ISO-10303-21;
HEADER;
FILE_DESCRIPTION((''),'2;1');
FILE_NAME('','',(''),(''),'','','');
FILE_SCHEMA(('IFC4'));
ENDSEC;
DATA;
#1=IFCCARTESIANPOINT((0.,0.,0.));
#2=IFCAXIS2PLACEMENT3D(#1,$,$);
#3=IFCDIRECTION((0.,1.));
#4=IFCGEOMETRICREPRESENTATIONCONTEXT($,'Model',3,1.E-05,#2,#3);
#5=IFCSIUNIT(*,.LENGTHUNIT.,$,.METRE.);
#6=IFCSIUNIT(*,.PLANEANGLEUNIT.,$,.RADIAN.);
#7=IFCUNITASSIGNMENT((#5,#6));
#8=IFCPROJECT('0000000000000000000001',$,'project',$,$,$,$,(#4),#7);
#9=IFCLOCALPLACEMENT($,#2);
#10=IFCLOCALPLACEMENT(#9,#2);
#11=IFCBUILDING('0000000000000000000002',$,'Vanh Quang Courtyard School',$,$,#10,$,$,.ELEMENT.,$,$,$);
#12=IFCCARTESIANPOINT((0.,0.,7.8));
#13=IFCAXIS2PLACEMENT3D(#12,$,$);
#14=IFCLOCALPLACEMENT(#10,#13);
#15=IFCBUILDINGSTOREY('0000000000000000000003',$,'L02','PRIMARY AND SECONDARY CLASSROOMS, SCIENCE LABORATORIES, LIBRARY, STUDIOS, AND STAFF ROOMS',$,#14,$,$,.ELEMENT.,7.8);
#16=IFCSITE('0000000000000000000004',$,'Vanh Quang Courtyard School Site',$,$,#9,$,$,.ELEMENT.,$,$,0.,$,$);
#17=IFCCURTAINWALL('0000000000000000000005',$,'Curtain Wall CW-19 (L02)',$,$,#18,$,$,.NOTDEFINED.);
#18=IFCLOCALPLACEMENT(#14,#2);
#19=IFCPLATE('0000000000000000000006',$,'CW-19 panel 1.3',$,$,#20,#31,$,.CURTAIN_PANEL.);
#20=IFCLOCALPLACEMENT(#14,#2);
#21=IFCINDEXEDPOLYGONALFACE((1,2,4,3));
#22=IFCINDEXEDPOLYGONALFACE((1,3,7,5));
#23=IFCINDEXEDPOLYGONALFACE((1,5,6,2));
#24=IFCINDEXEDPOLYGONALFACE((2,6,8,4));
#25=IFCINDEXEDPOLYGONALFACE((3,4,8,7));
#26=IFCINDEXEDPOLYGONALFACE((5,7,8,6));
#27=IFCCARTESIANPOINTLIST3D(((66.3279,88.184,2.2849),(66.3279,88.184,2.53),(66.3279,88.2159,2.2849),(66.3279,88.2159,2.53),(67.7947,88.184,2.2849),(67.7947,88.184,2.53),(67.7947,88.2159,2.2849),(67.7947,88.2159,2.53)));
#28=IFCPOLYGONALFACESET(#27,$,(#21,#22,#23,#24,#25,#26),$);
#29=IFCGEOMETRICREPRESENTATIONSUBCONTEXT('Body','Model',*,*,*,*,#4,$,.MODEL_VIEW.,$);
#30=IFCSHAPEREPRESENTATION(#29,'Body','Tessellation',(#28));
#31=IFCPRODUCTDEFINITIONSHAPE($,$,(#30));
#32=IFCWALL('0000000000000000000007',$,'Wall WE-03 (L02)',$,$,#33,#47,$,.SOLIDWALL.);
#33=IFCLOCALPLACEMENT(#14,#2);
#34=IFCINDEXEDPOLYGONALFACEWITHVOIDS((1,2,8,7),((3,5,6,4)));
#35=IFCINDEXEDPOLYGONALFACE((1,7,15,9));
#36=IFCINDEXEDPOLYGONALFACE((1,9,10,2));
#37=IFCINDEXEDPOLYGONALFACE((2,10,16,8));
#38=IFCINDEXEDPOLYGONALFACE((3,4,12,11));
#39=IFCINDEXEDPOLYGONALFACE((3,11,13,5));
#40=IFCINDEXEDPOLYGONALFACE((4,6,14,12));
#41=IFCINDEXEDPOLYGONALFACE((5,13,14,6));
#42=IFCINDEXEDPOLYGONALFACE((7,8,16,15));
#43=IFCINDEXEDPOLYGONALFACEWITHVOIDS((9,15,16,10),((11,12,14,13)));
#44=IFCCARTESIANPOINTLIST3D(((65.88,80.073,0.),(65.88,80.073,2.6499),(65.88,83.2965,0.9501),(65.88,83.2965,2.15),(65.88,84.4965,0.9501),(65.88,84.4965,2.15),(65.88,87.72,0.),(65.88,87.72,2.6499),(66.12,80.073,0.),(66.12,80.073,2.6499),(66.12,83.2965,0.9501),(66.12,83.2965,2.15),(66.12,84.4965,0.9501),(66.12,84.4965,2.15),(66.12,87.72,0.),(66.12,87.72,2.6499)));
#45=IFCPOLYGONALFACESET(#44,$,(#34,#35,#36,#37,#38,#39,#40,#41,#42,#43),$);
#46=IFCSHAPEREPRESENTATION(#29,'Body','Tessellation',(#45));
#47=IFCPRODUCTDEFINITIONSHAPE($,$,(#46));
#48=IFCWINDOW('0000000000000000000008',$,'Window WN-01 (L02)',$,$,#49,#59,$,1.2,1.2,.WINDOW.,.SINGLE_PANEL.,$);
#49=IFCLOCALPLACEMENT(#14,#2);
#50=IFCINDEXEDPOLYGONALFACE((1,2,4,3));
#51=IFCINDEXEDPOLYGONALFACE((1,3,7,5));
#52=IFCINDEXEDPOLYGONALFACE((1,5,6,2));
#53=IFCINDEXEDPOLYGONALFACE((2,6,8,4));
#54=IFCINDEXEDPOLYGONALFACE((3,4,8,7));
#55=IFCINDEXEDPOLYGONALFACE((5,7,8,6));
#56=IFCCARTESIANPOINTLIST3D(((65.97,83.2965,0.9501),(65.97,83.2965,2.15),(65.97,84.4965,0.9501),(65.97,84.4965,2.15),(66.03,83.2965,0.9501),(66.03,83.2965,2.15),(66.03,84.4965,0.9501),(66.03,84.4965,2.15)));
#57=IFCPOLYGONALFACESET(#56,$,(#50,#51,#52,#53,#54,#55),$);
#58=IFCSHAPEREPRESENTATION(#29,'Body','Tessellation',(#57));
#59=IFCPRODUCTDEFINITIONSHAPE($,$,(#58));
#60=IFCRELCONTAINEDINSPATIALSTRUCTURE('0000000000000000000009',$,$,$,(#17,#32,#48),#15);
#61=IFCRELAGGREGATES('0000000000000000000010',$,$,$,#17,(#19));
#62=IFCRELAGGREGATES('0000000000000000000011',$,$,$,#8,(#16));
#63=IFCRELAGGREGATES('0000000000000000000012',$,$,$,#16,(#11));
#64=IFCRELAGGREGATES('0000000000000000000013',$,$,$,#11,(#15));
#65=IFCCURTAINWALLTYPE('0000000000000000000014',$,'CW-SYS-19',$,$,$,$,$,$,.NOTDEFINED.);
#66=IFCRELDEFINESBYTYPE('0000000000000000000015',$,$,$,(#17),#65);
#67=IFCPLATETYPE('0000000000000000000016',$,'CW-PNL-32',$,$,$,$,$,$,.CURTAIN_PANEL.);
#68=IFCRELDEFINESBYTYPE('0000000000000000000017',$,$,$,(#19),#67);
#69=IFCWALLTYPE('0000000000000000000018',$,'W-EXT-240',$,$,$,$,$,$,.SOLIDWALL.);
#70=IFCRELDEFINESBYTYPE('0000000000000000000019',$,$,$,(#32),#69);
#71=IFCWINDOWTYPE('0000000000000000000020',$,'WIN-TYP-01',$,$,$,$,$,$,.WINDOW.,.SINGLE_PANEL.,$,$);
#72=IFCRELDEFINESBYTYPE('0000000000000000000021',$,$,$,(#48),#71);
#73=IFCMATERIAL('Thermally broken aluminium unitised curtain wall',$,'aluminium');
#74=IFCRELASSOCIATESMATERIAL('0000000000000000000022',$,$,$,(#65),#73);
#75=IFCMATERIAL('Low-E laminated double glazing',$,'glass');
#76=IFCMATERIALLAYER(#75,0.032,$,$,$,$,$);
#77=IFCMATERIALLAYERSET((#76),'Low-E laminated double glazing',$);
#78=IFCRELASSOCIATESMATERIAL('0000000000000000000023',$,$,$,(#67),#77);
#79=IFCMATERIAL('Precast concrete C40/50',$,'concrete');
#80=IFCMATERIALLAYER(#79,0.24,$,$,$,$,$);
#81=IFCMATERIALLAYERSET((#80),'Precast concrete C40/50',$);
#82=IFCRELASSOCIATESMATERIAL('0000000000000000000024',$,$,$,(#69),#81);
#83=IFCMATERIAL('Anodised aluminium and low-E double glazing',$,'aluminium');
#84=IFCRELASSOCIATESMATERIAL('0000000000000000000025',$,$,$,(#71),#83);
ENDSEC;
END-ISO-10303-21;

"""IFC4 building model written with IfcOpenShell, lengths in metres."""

from ifc_helpers import new_model, si_unit, direction, frame, frame_2d, origin, origin_2d, place, context, subcontext, project, spatial, rectangle, extrude, material, layer, layer_set, type_object, element, fill, aggregate, save


model = new_model("IFC4")

# Units and contexts
model_context = context("Model", 3, precision=1e-05, world=origin(), true_north=direction((0.0, 1.0)))
body_context = subcontext(model_context, "Body", "Model", "MODEL_VIEW")
ifc_project = project(units=[si_unit("LENGTHUNIT", "METRE"), si_unit("PLANEANGLEUNIT", "RADIAN")], contexts=[model_context])

# Site, building, storey
site_placement = place(None, origin())
site = spatial("IfcSite", under=ifc_project, at=site_placement, Name="Vanh Quang Courtyard School Site", CompositionType="ELEMENT", RefElevation=0.0)
building_placement = place(site_placement, origin())
building = spatial("IfcBuilding", under=site, at=building_placement, Name="Vanh Quang Courtyard School", CompositionType="ELEMENT")
storey_placement = place(building_placement, frame((0.0, 0.0, 7.8)))
storey = spatial("IfcBuildingStorey", under=building, at=storey_placement, Name="L02", Description="PRIMARY AND SECONDARY CLASSROOMS, SCIENCE LABORATORIES, LIBRARY, STUDIOS, AND STAFF ROOMS", CompositionType="ELEMENT", Elevation=7.8)

# Curtain wall
ifc_material_1 = material(Name="Thermally broken aluminium unitised curtain wall", Category="aluminium")
curtain_wall_type_1 = type_object("IfcCurtainWallType", Name="CW-SYS-19", PredefinedType="NOTDEFINED", material=ifc_material_1)
curtain_wall_1_placement = place(storey_placement, origin())
curtain_wall_1 = element("IfcCurtainWall", 1, at=curtain_wall_1_placement, inside=storey, type_object=curtain_wall_type_1, Name="Curtain Wall CW-19 (L02)", PredefinedType="NOTDEFINED")

# Plate
ifc_material_2 = material(Name="Low-E laminated double glazing", Category="glass")
ifc_layer_1 = layer(ifc_material_2, 0.032)
ifc_layer_set_1 = layer_set([ifc_layer_1], Name="Low-E laminated double glazing")
plate_type_1 = type_object("IfcPlateType", Name="CW-PNL-32", PredefinedType="CURTAIN_PANEL", material=ifc_layer_set_1)
plate_1_placement = place(storey_placement, frame((67.0613, 88.2, 2.2849), z_axis=(0.0, 0.0, 1.0), x_axis=(1.0, 0.0, 0.0)))
plate_1 = element("IfcPlate", 2, at=plate_1_placement, type_object=plate_type_1, Name="CW-19 panel 1.3", PredefinedType="CURTAIN_PANEL", context=body_context, shape_type="SweptSolid", body=[
    extrude(rectangle(XDim=1.4668, YDim=0.032, at=origin_2d()), origin(), (0.0, 0.0, 1.0), 0.2451),
])
aggregate(curtain_wall_1, [plate_1])

# Wall, opening, window
ifc_material_3 = material(Name="Precast concrete C40/50", Category="concrete")
ifc_layer_2 = layer(ifc_material_3, 0.24)
ifc_layer_set_2 = layer_set([ifc_layer_2], Name="Precast concrete C40/50")
wall_type = type_object("IfcWallType", Name="W-EXT-240", PredefinedType="SOLIDWALL", material=ifc_layer_set_2)
wall_placement = place(storey_placement, frame((66.0, 80.073, 0.0), z_axis=(0.0, 0.0, 1.0), x_axis=(0.0, 1.0, 0.0)))
wall = element("IfcWall", 3, at=wall_placement, inside=storey, type_object=wall_type, Name="Wall WE-03 (L02)", PredefinedType="SOLIDWALL", context=body_context, shape_type="SweptSolid", body=[
    extrude(rectangle(XDim=7.647, YDim=0.24, at=frame_2d((3.8235, 0.0))), origin(), (0.0, 0.0, 1.0), 2.6499),
])
opening_placement = place(wall_placement, frame((3.2234, 0.0, 0.95)))
opening = element("IfcOpeningElement", 4, at=opening_placement, cuts=wall, PredefinedType="OPENING", context=body_context, shape_type="SweptSolid", body=[
    extrude(rectangle(XDim=1.2, YDim=1.2, at=frame_2d((0.6001, 0.6001))), frame((0.0, 0.1299, 0.0), z_axis=(0.0, -1.0, 0.0), x_axis=(1.0, 0.0, 0.0)), (0.0, 0.0, 1.0), 0.26),
])
ifc_material_4 = material(Name="Anodised aluminium and low-E double glazing", Category="aluminium")
window_type = type_object("IfcWindowType", Name="WIN-TYP-01", PartitioningType="SINGLE_PANEL", PredefinedType="WINDOW", material=ifc_material_4)
window_placement = place(opening_placement, origin())
window = element("IfcWindow", 5, at=window_placement, inside=storey, type_object=window_type, Name="Window WN-01 (L02)", OverallHeight=1.2, OverallWidth=1.2, PartitioningType="SINGLE_PANEL", PredefinedType="WINDOW", context=body_context, shape_type="SweptSolid", body=[
    extrude(rectangle(XDim=1.2, YDim=1.2, at=frame_2d((0.6001, 0.6001))), frame((0.0, 0.03, 0.0), z_axis=(0.0, -1.0, 0.0), x_axis=(1.0, 0.0, 0.0)), (0.0, 0.0, 1.0), 0.0601),
])
fill(opening, window)

save(model, "model.ifc")
